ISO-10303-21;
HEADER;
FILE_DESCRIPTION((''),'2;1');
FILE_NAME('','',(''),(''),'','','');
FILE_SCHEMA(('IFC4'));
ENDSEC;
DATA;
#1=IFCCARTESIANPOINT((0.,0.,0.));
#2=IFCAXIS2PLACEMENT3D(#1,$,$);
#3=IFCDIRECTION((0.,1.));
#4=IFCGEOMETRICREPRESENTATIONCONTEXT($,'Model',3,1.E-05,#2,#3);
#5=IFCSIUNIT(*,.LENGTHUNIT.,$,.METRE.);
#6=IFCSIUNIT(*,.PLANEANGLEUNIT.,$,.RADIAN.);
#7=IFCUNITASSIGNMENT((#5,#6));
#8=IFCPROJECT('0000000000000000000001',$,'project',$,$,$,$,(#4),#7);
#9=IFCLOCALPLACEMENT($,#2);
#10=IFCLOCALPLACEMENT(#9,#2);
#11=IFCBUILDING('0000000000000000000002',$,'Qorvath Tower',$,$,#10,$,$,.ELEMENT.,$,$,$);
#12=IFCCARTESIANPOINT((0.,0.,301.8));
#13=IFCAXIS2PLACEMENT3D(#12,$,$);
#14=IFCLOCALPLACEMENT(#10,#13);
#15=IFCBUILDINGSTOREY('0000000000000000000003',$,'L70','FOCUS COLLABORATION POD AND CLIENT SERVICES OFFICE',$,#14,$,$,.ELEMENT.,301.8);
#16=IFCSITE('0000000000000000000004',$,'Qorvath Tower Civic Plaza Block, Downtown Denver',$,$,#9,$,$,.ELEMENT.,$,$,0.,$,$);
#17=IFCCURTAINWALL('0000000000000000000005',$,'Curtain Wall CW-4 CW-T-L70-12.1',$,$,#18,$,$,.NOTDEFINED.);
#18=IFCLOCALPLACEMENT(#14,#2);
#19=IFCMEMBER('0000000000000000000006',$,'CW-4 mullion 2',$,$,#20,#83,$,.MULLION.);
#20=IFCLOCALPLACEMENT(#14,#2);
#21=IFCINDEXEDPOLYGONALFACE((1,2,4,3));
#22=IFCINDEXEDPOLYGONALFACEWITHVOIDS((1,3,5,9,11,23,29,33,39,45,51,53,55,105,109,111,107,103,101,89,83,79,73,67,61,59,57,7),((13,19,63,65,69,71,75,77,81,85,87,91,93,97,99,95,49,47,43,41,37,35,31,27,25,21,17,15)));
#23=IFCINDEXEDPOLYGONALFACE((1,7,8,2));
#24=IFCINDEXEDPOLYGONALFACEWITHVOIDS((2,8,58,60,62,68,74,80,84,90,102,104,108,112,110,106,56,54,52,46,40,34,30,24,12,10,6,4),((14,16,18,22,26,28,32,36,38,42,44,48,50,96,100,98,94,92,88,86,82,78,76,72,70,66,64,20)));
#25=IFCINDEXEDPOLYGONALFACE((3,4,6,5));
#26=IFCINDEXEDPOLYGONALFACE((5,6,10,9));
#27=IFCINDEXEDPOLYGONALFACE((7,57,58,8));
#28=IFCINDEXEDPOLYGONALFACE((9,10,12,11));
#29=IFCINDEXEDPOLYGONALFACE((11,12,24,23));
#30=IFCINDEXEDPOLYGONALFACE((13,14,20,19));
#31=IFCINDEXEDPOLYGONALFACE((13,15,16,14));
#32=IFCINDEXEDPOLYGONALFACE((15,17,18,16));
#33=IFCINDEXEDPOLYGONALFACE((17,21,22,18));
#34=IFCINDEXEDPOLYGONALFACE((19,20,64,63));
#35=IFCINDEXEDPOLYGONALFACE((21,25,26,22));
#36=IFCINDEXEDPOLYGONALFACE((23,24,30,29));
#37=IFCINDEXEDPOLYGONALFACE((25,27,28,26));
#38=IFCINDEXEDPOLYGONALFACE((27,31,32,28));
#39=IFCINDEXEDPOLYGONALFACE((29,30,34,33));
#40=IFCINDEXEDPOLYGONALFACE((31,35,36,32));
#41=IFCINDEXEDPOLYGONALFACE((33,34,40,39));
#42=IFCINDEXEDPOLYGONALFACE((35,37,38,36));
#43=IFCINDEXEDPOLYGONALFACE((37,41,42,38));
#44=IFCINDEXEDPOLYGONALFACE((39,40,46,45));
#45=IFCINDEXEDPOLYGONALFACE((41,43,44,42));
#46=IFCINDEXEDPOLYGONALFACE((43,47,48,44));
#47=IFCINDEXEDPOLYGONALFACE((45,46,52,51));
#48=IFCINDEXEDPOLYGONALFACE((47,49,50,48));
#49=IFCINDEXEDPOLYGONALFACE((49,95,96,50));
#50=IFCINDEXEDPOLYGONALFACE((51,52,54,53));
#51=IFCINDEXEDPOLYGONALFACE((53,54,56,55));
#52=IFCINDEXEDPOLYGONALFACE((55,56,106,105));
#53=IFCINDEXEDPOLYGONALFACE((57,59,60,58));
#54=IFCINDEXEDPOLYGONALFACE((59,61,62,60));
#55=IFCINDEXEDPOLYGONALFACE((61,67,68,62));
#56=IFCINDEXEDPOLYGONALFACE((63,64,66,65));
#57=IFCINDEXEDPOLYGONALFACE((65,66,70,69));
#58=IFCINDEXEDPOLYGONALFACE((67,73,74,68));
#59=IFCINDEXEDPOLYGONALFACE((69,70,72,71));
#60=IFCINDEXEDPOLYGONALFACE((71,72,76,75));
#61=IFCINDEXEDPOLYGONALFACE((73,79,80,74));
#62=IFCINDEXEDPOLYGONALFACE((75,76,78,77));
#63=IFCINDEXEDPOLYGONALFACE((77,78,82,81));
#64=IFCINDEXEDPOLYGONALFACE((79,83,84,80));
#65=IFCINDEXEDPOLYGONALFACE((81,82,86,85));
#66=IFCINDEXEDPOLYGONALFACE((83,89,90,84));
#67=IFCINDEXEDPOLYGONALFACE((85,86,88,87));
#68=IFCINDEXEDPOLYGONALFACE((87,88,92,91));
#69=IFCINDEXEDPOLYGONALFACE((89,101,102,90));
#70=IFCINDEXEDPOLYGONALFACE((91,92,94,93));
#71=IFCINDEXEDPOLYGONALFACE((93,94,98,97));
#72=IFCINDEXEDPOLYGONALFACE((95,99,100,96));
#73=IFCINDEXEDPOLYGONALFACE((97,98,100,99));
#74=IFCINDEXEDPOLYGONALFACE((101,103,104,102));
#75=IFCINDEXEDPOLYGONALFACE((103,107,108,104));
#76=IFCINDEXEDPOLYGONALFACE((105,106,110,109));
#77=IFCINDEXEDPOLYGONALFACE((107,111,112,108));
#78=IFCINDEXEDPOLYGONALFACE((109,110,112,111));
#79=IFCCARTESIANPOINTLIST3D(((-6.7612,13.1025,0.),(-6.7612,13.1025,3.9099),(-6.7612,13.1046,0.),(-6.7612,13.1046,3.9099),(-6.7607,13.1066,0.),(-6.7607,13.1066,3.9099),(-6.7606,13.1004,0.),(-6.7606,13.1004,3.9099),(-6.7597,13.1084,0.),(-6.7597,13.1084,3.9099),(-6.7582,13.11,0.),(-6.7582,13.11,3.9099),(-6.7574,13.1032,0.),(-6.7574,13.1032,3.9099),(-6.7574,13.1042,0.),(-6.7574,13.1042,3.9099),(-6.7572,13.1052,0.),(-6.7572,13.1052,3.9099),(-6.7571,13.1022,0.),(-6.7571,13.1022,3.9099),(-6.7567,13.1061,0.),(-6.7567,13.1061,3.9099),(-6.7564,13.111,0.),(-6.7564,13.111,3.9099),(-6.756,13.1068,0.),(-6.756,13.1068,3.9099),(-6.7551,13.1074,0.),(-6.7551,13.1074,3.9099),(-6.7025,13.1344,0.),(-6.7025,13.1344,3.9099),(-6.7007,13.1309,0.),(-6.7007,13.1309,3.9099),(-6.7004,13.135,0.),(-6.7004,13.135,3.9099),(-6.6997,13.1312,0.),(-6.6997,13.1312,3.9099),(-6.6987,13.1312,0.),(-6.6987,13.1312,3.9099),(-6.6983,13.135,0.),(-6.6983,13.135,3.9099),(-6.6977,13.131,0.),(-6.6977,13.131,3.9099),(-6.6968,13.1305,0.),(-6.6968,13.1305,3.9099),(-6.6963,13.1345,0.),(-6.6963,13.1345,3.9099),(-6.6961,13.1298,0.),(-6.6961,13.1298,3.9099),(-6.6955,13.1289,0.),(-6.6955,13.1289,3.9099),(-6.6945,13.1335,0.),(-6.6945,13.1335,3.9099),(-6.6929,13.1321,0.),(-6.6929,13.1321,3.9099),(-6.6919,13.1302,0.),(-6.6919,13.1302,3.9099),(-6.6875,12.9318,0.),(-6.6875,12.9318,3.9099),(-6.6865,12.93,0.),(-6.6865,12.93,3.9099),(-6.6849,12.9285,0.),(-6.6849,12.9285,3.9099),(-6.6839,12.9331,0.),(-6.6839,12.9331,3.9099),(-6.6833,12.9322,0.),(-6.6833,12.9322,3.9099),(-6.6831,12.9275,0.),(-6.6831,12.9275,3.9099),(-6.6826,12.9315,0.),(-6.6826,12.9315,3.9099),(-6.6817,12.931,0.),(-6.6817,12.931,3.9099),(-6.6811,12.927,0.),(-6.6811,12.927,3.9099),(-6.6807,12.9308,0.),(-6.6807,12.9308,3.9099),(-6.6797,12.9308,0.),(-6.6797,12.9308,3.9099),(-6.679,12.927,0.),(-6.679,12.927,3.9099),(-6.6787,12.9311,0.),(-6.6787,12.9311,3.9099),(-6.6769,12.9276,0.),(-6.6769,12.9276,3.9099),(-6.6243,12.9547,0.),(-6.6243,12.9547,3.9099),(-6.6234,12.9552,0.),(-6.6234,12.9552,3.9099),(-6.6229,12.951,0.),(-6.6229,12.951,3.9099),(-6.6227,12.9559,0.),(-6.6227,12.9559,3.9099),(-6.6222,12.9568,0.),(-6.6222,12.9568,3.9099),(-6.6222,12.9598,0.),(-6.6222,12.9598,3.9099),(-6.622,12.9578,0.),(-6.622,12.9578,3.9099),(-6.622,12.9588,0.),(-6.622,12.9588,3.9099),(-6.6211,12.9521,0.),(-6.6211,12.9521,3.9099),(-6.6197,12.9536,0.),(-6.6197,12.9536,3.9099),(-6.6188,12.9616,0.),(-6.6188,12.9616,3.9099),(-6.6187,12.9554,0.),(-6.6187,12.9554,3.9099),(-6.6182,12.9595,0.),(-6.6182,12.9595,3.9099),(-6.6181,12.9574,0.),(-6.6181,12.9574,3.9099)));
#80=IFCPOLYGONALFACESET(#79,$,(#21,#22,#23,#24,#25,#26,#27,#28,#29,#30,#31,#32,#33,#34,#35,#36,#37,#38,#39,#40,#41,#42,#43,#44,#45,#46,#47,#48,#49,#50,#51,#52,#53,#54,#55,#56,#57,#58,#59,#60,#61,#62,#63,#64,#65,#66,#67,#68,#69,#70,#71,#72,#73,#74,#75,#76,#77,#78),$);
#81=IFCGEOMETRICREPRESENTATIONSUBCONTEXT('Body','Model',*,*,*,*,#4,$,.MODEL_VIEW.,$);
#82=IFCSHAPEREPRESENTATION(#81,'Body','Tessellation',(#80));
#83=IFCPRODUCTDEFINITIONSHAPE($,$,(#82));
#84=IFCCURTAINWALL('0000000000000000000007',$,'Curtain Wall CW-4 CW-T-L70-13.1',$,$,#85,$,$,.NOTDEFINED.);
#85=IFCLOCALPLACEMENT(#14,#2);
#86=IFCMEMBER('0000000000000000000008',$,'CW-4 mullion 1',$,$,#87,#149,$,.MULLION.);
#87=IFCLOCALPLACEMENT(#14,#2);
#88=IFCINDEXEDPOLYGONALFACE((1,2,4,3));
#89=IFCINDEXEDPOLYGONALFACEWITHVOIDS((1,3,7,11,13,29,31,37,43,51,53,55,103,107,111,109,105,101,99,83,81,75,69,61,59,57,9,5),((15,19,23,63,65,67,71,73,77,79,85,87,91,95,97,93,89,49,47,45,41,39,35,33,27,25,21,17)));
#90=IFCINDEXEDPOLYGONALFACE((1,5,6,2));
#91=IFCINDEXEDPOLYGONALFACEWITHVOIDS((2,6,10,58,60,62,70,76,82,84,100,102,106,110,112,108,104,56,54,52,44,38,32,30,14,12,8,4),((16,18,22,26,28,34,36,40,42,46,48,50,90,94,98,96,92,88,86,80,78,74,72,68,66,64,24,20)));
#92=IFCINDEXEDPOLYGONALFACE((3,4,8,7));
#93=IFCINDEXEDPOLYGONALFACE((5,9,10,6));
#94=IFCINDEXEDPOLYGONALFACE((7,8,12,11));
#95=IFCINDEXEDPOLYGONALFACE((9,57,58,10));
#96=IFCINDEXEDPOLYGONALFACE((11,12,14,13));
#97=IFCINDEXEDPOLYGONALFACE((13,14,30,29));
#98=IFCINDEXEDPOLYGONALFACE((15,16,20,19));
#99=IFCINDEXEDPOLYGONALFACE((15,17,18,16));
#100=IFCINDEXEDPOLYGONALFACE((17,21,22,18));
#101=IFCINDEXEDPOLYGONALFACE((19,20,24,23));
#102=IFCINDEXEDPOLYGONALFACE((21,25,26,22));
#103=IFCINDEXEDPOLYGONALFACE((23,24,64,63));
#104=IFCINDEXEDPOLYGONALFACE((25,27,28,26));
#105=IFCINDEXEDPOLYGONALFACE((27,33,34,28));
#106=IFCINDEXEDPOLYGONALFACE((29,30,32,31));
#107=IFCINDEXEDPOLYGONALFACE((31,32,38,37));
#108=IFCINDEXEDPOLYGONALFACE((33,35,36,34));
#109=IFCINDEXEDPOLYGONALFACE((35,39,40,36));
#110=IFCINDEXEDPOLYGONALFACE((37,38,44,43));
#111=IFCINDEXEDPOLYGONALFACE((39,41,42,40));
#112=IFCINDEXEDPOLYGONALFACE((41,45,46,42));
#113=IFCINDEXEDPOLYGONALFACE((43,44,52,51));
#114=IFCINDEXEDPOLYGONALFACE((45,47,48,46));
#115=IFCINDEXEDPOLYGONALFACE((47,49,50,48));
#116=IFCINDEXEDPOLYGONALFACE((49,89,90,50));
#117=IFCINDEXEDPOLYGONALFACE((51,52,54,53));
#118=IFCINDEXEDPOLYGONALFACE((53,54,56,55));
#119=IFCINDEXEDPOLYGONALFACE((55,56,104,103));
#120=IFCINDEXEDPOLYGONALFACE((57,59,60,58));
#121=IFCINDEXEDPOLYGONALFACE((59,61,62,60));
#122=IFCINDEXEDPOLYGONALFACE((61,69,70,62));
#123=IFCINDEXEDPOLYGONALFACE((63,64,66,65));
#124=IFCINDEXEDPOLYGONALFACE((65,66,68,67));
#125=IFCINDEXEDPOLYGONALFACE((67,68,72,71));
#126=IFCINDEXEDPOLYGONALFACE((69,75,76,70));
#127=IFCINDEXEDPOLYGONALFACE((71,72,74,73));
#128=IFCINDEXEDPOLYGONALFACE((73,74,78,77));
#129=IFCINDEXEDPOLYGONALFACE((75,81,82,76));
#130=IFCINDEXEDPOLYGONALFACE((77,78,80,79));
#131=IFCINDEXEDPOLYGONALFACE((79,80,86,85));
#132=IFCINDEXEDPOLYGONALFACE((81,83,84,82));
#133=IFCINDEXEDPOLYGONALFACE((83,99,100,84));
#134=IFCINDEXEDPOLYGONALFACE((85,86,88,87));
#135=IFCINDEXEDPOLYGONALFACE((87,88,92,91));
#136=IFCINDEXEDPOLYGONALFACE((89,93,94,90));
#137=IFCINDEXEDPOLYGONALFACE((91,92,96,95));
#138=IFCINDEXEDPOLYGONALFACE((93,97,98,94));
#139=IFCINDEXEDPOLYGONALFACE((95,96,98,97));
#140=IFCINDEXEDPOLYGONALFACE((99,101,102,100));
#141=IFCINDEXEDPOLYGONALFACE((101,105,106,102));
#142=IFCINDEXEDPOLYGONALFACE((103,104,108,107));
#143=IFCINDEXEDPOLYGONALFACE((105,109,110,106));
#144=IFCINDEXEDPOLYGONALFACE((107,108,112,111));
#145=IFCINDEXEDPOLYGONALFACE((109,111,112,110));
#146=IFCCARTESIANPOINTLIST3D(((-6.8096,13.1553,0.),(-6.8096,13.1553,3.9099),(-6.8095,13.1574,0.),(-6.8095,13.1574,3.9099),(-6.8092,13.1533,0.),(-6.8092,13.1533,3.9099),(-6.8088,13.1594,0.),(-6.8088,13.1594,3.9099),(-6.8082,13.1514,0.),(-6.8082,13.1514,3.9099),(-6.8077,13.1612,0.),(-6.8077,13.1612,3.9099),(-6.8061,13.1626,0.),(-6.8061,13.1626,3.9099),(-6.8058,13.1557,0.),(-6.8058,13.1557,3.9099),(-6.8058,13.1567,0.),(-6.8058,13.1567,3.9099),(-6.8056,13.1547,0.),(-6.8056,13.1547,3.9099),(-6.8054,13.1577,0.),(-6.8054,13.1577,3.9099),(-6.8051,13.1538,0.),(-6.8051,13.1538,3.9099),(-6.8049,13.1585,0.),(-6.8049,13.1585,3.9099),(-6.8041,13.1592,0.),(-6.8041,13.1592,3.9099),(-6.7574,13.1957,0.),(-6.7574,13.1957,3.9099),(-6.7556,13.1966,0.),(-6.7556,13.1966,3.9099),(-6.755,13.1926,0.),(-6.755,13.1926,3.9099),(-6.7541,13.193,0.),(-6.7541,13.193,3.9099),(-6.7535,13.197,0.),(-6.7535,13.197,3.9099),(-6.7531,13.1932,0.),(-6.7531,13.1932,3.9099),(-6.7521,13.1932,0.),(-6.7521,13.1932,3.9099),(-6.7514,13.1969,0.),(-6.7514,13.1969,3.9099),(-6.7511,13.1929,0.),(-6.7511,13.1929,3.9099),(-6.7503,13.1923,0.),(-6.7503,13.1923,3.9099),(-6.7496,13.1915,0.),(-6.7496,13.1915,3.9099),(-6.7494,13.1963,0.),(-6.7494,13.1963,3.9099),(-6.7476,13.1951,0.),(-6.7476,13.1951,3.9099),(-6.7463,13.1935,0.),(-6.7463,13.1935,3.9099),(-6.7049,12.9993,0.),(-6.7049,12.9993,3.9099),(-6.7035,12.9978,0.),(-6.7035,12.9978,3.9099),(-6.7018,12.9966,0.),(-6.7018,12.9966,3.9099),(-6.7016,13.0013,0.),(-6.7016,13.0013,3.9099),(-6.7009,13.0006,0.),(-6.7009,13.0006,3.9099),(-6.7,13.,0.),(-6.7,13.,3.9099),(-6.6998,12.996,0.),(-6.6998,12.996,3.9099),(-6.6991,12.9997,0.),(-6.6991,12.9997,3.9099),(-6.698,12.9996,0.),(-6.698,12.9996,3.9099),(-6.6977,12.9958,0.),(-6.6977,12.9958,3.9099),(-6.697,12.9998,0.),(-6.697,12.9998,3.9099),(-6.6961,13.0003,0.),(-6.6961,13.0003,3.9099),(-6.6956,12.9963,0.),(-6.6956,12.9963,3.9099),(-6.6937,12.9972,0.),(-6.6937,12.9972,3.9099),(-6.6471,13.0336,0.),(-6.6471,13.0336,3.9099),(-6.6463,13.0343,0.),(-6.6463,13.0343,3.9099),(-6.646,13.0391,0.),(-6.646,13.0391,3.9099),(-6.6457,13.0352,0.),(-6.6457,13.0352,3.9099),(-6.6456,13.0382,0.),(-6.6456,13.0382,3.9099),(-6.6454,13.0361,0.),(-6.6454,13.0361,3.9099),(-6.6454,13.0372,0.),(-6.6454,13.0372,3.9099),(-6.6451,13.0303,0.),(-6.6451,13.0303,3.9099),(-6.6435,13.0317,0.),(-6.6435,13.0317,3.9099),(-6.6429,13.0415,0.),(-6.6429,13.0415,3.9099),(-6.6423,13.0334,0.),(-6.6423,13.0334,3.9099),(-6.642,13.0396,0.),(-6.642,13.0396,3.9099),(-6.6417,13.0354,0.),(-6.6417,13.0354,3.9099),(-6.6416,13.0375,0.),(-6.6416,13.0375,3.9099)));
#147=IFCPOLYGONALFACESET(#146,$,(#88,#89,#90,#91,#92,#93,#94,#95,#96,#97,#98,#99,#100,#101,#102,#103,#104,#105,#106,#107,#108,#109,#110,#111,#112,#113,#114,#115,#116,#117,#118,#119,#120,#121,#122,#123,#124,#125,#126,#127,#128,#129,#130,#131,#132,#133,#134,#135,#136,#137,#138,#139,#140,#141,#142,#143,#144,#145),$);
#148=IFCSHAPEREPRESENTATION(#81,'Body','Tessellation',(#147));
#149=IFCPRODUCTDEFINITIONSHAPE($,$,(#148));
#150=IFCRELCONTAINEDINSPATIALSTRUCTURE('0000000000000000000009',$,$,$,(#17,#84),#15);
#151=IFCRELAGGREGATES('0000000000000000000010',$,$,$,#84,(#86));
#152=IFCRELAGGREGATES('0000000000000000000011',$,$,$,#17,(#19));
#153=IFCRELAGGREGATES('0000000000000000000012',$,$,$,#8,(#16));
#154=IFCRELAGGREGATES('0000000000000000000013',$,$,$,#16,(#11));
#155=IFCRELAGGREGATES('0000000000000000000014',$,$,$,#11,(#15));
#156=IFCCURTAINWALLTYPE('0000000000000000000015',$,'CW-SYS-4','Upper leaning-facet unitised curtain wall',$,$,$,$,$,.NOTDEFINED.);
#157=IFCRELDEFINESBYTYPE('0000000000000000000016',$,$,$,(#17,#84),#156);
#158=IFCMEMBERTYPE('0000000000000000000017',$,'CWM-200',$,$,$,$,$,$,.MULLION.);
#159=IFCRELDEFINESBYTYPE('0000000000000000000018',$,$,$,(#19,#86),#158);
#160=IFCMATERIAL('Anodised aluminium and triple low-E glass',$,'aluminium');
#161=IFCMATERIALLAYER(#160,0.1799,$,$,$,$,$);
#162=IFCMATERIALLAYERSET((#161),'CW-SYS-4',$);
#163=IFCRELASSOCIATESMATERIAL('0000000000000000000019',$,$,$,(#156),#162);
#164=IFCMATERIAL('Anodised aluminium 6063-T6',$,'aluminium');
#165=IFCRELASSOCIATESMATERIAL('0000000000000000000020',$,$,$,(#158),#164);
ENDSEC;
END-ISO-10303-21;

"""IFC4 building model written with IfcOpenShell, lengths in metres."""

from ifc_helpers import new_model, si_unit, direction, frame, origin, origin_2d, place, context, subcontext, project, spatial, hollow_rectangle, extrude, material, layer, layer_set, material_profile, profile_set, type_object, element, aggregate, save


model = new_model("IFC4")

# Units and contexts
model_context = context("Model", 3, precision=1e-05, world=origin(), true_north=direction((0.0, 1.0)))
body_context = subcontext(model_context, "Body", "Model", "MODEL_VIEW")
ifc_project = project(units=[si_unit("LENGTHUNIT", "METRE"), si_unit("PLANEANGLEUNIT", "RADIAN")], contexts=[model_context])

# Site, building, storey
site_placement = place(None, origin())
site = spatial("IfcSite", under=ifc_project, at=site_placement, Name="Qorvath Tower Civic Plaza Block, Downtown Denver", CompositionType="ELEMENT", RefElevation=0.0)
building_placement = place(site_placement, origin())
building = spatial("IfcBuilding", under=site, at=building_placement, Name="Qorvath Tower", CompositionType="ELEMENT")
storey_placement = place(building_placement, frame((0.0, 0.0, 301.8)))
storey = spatial("IfcBuildingStorey", under=building, at=storey_placement, Name="L70", Description="FOCUS COLLABORATION POD AND CLIENT SERVICES OFFICE", CompositionType="ELEMENT", Elevation=301.8)

# Shared definitions
ifc_material_1 = material(Name="Anodised aluminium and triple low-E glass", Category="aluminium")
ifc_layer_1 = layer(ifc_material_1, 0.1799)
ifc_layer_set_1 = layer_set([ifc_layer_1], Name="CW-SYS-4")
curtain_wall_type = type_object("IfcCurtainWallType", Name="CW-SYS-4", Description="Upper leaning-facet unitised curtain wall", PredefinedType="NOTDEFINED", material=ifc_layer_set_1)
ifc_material_2 = material(Name="Anodised aluminium 6063-T6", Category="aluminium")
ifc_material_profile_1 = material_profile(ifc_material_2, hollow_rectangle(XDim=0.075, YDim=0.2, WallThickness=0.0039, InnerFilletRadius=0.0039, OuterFilletRadius=0.0081, at=origin_2d()), Name="CWM 200x75")
ifc_profile_set_1 = profile_set([ifc_material_profile_1], Name="Anodised aluminium 6063-T6")
member_type_1 = type_object("IfcMemberType", Name="CWM-200", PredefinedType="MULLION", material=ifc_profile_set_1)

# Curtain wall, member
curtain_wall_1_placement = place(storey_placement, origin())
curtain_wall_1 = element("IfcCurtainWall", 1, at=curtain_wall_1_placement, inside=storey, type_object=curtain_wall_type, Name="Curtain Wall CW-4 CW-T-L70-12.1", PredefinedType="NOTDEFINED")
member_1_placement = place(storey_placement, frame((-6.6897, 13.031, 0.0), z_axis=(0.0, 0.0, 1.0), x_axis=(-0.917541, -0.397641, 0.0)))
member_1 = element("IfcMember", 2, at=member_1_placement, type_object=member_type_1, Name="CW-4 mullion 2", PredefinedType="MULLION", context=body_context, shape_type="SweptSolid", body=[
    extrude(hollow_rectangle(XDim=0.075, YDim=0.2, WallThickness=0.0039, InnerFilletRadius=0.0039, OuterFilletRadius=0.0081, at=origin_2d()), origin(), (0.0, 0.0, 1.0), 3.9099),
])

# Curtain wall, member
curtain_wall_2_placement = place(storey_placement, origin())
curtain_wall_2 = element("IfcCurtainWall", 3, at=curtain_wall_2_placement, inside=storey, type_object=curtain_wall_type, Name="Curtain Wall CW-4 CW-T-L70-13.1", PredefinedType="NOTDEFINED")
member_2_placement = place(storey_placement, frame((-6.7256, 13.0964, 0.0), z_axis=(0.0, 0.0, 1.0), x_axis=(-0.827119, -0.562026, 0.0)))
member_2 = element("IfcMember", 4, at=member_2_placement, type_object=member_type_1, Name="CW-4 mullion 1", PredefinedType="MULLION", context=body_context, shape_type="SweptSolid", body=[
    extrude(hollow_rectangle(XDim=0.075, YDim=0.2, WallThickness=0.0039, InnerFilletRadius=0.0039, OuterFilletRadius=0.0081, at=origin_2d()), origin(), (0.0, 0.0, 1.0), 3.9099),
])

aggregate(curtain_wall_2, [member_2])

aggregate(curtain_wall_1, [member_1])

save(model, "model.ifc")
